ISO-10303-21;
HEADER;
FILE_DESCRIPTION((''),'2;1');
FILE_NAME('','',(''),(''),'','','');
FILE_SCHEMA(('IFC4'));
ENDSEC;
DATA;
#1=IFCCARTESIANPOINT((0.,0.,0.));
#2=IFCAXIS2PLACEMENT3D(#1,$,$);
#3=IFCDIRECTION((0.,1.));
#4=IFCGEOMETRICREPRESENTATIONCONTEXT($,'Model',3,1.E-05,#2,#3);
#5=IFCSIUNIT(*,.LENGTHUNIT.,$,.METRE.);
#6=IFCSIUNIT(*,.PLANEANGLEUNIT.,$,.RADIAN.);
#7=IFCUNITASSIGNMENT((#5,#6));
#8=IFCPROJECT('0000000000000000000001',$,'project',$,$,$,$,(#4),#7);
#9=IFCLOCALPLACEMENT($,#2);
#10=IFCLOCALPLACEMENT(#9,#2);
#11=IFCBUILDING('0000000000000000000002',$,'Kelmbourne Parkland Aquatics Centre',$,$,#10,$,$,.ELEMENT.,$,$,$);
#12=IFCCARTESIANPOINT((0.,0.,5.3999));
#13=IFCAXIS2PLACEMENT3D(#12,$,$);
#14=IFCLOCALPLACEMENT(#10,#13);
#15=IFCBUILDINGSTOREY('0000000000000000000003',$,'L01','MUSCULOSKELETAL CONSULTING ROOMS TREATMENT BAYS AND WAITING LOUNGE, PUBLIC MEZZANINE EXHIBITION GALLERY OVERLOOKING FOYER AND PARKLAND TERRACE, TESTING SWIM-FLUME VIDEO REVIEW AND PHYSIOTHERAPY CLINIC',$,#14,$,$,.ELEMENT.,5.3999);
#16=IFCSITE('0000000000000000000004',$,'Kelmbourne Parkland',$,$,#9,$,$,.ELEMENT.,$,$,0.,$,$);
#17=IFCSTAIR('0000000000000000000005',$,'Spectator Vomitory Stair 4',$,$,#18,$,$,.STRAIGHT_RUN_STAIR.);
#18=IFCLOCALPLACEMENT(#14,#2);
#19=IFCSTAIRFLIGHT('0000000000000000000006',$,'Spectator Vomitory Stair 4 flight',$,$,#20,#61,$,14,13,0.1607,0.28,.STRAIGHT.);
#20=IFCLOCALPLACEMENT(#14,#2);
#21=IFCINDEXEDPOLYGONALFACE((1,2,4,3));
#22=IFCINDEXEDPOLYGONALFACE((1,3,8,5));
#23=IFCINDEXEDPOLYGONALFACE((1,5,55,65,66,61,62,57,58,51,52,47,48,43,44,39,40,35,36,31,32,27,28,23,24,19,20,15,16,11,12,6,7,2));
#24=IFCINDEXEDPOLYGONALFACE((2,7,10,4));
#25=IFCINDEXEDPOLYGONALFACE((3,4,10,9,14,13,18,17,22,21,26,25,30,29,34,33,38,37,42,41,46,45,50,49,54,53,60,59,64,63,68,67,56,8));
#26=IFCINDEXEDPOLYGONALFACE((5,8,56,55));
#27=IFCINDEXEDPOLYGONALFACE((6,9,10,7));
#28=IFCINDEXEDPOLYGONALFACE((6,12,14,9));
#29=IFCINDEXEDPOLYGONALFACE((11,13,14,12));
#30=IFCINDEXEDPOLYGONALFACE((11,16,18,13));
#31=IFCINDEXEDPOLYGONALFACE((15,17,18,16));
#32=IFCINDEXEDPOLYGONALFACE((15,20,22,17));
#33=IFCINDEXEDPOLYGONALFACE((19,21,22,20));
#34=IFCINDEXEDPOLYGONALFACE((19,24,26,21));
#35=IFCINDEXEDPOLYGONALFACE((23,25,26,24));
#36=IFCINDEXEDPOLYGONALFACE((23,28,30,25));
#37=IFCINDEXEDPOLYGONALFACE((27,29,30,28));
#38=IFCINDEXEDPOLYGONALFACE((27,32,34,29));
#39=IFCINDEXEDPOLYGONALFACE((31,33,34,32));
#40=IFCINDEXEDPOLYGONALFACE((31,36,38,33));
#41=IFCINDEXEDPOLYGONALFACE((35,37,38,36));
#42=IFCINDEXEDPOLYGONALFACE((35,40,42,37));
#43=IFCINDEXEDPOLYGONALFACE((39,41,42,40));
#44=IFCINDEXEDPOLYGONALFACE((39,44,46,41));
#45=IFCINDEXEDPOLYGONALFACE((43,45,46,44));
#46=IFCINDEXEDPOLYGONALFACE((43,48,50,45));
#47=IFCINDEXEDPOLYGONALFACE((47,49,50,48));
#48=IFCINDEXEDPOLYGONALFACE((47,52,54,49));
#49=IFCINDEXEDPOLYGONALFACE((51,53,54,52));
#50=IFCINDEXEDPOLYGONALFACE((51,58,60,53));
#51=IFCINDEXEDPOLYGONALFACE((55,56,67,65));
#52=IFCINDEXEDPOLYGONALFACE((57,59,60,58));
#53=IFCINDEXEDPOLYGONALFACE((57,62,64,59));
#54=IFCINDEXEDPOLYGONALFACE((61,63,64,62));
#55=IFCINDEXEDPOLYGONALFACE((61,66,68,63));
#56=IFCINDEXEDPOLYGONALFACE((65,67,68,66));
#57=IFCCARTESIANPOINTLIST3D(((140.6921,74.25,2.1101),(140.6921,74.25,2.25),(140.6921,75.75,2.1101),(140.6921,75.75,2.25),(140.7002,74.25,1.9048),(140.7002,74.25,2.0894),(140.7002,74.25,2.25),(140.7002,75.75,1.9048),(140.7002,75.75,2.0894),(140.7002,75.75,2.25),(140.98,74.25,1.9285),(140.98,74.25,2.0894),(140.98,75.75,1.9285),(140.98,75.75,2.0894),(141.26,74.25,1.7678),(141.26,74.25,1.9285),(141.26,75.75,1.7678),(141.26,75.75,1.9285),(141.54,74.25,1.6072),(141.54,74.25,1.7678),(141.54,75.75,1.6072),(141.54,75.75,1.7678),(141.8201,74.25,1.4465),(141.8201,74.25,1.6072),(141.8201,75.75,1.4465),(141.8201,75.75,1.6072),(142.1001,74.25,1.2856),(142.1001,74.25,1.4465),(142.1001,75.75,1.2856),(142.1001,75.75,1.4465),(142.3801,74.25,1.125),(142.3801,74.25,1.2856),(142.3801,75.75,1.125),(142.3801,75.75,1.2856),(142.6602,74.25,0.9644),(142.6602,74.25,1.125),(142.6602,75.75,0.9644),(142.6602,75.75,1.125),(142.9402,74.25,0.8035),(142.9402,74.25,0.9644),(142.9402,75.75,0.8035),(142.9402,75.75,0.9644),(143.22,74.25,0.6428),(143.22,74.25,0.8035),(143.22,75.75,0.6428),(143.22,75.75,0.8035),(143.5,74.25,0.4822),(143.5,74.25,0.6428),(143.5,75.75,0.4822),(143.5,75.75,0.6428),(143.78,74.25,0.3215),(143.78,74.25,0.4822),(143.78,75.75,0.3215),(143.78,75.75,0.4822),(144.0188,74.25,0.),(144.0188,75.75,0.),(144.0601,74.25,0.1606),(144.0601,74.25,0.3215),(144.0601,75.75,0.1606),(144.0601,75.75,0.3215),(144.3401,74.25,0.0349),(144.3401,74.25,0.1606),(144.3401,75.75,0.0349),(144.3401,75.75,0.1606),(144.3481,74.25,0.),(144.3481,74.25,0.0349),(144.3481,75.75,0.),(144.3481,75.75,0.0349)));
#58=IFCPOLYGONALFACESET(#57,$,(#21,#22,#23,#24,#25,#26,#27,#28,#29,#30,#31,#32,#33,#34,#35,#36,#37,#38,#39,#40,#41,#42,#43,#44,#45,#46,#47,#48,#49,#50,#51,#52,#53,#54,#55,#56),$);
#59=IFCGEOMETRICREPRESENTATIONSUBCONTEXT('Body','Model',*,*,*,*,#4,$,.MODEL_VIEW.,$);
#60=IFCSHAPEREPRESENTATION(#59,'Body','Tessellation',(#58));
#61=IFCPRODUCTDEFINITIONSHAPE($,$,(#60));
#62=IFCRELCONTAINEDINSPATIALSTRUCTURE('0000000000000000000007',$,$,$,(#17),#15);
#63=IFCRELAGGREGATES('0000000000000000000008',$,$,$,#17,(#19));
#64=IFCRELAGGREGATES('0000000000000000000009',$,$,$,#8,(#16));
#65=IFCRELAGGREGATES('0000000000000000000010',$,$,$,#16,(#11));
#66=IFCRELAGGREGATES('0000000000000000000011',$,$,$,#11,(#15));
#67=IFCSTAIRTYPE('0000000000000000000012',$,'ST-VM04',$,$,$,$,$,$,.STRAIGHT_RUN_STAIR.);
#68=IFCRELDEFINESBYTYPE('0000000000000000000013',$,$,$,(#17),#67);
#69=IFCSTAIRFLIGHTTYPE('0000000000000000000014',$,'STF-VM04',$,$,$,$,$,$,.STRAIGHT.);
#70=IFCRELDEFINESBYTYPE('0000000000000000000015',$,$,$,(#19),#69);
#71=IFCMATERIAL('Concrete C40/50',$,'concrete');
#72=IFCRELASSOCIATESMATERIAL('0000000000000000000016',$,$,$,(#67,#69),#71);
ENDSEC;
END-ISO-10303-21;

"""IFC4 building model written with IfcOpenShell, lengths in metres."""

from ifc_helpers import new_model, si_unit, direction, frame, origin, place, context, subcontext, project, spatial, polyline, outline, extrude, material, type_object, element, aggregate, save


model = new_model("IFC4")

# Units and contexts
model_context = context("Model", 3, precision=1e-05, world=origin(), true_north=direction((0.0, 1.0)))
body_context = subcontext(model_context, "Body", "Model", "MODEL_VIEW")
ifc_project = project(units=[si_unit("LENGTHUNIT", "METRE"), si_unit("PLANEANGLEUNIT", "RADIAN")], contexts=[model_context])

# Site, building, storey
site_placement = place(None, origin())
site = spatial("IfcSite", under=ifc_project, at=site_placement, Name="Kelmbourne Parkland", CompositionType="ELEMENT", RefElevation=0.0)
building_placement = place(site_placement, origin())
building = spatial("IfcBuilding", under=site, at=building_placement, Name="Kelmbourne Parkland Aquatics Centre", CompositionType="ELEMENT")
storey_placement = place(building_placement, frame((0.0, 0.0, 5.3999)))
storey = spatial("IfcBuildingStorey", under=building, at=storey_placement, Name="L01", Description="MUSCULOSKELETAL CONSULTING ROOMS TREATMENT BAYS AND WAITING LOUNGE, PUBLIC MEZZANINE EXHIBITION GALLERY OVERLOOKING FOYER AND PARKLAND TERRACE, TESTING SWIM-FLUME VIDEO REVIEW AND PHYSIOTHERAPY CLINIC", CompositionType="ELEMENT", Elevation=5.3999)

# Stair, stair flight
ifc_material_1 = material(Name="Concrete C40/50", Category="concrete")
stair_type_1 = type_object("IfcStairType", Name="ST-VM04", PredefinedType="STRAIGHT_RUN_STAIR", material=ifc_material_1)
stair_1_placement = place(storey_placement, origin())
stair_1 = element("IfcStair", 1, at=stair_1_placement, inside=storey, type_object=stair_type_1, Name="Spectator Vomitory Stair 4", PredefinedType="STRAIGHT_RUN_STAIR")
stair_flight_type_1 = type_object("IfcStairFlightType", Name="STF-VM04", PredefinedType="STRAIGHT", material=ifc_material_1)
stair_flight_1_placement = place(storey_placement, frame((144.3401, 75.0, 0.0), z_axis=(0.0, 0.0, 1.0), x_axis=(-1.0, 0.0, 0.0)))
stair_flight_1 = element("IfcStairFlight", 2, at=stair_flight_1_placement, type_object=stair_flight_type_1, Name="Spectator Vomitory Stair 4 flight", NumberOfRisers=14, NumberOfTreads=13, PredefinedType="STRAIGHT", RiserHeight=0.1607, TreadLength=0.28, context=body_context, shape_type="SweptSolid", body=[
    extrude(outline(polyline([(-0.0081, 0.0), (-0.0081, 0.0349), (0.0, 0.0349), (0.0, 0.1606), (0.28, 0.1606), (0.28, 0.3215), (0.5601, 0.3215), (0.5601, 0.4822), (0.8401, 0.4822), (0.8401, 0.6428), (1.1201, 0.6428), (1.1201, 0.8035), (1.3999, 0.8035), (1.3999, 0.9644), (1.6799, 0.9644), (1.6799, 1.125), (1.96, 1.125), (1.96, 1.2856), (2.24, 1.2856), (2.24, 1.4465), (2.52, 1.4465), (2.52, 1.6072), (2.8, 1.6072), (2.8, 1.7678), (3.0801, 1.7678), (3.0801, 1.9285), (3.3601, 1.9285), (3.3601, 2.0894), (3.6399, 2.0894), (3.6399, 2.25), (3.6479, 2.25), (3.6479, 2.1101), (3.6399, 1.9048), (0.3213, 0.0), (-0.0081, 0.0)])), frame((0.0, 0.75, 0.0), z_axis=(0.0, -1.0, 0.0), x_axis=(1.0, 0.0, 0.0)), (0.0, 0.0, 1.0), 1.5),
])
aggregate(stair_1, [stair_flight_1])

save(model, "model.ifc")
